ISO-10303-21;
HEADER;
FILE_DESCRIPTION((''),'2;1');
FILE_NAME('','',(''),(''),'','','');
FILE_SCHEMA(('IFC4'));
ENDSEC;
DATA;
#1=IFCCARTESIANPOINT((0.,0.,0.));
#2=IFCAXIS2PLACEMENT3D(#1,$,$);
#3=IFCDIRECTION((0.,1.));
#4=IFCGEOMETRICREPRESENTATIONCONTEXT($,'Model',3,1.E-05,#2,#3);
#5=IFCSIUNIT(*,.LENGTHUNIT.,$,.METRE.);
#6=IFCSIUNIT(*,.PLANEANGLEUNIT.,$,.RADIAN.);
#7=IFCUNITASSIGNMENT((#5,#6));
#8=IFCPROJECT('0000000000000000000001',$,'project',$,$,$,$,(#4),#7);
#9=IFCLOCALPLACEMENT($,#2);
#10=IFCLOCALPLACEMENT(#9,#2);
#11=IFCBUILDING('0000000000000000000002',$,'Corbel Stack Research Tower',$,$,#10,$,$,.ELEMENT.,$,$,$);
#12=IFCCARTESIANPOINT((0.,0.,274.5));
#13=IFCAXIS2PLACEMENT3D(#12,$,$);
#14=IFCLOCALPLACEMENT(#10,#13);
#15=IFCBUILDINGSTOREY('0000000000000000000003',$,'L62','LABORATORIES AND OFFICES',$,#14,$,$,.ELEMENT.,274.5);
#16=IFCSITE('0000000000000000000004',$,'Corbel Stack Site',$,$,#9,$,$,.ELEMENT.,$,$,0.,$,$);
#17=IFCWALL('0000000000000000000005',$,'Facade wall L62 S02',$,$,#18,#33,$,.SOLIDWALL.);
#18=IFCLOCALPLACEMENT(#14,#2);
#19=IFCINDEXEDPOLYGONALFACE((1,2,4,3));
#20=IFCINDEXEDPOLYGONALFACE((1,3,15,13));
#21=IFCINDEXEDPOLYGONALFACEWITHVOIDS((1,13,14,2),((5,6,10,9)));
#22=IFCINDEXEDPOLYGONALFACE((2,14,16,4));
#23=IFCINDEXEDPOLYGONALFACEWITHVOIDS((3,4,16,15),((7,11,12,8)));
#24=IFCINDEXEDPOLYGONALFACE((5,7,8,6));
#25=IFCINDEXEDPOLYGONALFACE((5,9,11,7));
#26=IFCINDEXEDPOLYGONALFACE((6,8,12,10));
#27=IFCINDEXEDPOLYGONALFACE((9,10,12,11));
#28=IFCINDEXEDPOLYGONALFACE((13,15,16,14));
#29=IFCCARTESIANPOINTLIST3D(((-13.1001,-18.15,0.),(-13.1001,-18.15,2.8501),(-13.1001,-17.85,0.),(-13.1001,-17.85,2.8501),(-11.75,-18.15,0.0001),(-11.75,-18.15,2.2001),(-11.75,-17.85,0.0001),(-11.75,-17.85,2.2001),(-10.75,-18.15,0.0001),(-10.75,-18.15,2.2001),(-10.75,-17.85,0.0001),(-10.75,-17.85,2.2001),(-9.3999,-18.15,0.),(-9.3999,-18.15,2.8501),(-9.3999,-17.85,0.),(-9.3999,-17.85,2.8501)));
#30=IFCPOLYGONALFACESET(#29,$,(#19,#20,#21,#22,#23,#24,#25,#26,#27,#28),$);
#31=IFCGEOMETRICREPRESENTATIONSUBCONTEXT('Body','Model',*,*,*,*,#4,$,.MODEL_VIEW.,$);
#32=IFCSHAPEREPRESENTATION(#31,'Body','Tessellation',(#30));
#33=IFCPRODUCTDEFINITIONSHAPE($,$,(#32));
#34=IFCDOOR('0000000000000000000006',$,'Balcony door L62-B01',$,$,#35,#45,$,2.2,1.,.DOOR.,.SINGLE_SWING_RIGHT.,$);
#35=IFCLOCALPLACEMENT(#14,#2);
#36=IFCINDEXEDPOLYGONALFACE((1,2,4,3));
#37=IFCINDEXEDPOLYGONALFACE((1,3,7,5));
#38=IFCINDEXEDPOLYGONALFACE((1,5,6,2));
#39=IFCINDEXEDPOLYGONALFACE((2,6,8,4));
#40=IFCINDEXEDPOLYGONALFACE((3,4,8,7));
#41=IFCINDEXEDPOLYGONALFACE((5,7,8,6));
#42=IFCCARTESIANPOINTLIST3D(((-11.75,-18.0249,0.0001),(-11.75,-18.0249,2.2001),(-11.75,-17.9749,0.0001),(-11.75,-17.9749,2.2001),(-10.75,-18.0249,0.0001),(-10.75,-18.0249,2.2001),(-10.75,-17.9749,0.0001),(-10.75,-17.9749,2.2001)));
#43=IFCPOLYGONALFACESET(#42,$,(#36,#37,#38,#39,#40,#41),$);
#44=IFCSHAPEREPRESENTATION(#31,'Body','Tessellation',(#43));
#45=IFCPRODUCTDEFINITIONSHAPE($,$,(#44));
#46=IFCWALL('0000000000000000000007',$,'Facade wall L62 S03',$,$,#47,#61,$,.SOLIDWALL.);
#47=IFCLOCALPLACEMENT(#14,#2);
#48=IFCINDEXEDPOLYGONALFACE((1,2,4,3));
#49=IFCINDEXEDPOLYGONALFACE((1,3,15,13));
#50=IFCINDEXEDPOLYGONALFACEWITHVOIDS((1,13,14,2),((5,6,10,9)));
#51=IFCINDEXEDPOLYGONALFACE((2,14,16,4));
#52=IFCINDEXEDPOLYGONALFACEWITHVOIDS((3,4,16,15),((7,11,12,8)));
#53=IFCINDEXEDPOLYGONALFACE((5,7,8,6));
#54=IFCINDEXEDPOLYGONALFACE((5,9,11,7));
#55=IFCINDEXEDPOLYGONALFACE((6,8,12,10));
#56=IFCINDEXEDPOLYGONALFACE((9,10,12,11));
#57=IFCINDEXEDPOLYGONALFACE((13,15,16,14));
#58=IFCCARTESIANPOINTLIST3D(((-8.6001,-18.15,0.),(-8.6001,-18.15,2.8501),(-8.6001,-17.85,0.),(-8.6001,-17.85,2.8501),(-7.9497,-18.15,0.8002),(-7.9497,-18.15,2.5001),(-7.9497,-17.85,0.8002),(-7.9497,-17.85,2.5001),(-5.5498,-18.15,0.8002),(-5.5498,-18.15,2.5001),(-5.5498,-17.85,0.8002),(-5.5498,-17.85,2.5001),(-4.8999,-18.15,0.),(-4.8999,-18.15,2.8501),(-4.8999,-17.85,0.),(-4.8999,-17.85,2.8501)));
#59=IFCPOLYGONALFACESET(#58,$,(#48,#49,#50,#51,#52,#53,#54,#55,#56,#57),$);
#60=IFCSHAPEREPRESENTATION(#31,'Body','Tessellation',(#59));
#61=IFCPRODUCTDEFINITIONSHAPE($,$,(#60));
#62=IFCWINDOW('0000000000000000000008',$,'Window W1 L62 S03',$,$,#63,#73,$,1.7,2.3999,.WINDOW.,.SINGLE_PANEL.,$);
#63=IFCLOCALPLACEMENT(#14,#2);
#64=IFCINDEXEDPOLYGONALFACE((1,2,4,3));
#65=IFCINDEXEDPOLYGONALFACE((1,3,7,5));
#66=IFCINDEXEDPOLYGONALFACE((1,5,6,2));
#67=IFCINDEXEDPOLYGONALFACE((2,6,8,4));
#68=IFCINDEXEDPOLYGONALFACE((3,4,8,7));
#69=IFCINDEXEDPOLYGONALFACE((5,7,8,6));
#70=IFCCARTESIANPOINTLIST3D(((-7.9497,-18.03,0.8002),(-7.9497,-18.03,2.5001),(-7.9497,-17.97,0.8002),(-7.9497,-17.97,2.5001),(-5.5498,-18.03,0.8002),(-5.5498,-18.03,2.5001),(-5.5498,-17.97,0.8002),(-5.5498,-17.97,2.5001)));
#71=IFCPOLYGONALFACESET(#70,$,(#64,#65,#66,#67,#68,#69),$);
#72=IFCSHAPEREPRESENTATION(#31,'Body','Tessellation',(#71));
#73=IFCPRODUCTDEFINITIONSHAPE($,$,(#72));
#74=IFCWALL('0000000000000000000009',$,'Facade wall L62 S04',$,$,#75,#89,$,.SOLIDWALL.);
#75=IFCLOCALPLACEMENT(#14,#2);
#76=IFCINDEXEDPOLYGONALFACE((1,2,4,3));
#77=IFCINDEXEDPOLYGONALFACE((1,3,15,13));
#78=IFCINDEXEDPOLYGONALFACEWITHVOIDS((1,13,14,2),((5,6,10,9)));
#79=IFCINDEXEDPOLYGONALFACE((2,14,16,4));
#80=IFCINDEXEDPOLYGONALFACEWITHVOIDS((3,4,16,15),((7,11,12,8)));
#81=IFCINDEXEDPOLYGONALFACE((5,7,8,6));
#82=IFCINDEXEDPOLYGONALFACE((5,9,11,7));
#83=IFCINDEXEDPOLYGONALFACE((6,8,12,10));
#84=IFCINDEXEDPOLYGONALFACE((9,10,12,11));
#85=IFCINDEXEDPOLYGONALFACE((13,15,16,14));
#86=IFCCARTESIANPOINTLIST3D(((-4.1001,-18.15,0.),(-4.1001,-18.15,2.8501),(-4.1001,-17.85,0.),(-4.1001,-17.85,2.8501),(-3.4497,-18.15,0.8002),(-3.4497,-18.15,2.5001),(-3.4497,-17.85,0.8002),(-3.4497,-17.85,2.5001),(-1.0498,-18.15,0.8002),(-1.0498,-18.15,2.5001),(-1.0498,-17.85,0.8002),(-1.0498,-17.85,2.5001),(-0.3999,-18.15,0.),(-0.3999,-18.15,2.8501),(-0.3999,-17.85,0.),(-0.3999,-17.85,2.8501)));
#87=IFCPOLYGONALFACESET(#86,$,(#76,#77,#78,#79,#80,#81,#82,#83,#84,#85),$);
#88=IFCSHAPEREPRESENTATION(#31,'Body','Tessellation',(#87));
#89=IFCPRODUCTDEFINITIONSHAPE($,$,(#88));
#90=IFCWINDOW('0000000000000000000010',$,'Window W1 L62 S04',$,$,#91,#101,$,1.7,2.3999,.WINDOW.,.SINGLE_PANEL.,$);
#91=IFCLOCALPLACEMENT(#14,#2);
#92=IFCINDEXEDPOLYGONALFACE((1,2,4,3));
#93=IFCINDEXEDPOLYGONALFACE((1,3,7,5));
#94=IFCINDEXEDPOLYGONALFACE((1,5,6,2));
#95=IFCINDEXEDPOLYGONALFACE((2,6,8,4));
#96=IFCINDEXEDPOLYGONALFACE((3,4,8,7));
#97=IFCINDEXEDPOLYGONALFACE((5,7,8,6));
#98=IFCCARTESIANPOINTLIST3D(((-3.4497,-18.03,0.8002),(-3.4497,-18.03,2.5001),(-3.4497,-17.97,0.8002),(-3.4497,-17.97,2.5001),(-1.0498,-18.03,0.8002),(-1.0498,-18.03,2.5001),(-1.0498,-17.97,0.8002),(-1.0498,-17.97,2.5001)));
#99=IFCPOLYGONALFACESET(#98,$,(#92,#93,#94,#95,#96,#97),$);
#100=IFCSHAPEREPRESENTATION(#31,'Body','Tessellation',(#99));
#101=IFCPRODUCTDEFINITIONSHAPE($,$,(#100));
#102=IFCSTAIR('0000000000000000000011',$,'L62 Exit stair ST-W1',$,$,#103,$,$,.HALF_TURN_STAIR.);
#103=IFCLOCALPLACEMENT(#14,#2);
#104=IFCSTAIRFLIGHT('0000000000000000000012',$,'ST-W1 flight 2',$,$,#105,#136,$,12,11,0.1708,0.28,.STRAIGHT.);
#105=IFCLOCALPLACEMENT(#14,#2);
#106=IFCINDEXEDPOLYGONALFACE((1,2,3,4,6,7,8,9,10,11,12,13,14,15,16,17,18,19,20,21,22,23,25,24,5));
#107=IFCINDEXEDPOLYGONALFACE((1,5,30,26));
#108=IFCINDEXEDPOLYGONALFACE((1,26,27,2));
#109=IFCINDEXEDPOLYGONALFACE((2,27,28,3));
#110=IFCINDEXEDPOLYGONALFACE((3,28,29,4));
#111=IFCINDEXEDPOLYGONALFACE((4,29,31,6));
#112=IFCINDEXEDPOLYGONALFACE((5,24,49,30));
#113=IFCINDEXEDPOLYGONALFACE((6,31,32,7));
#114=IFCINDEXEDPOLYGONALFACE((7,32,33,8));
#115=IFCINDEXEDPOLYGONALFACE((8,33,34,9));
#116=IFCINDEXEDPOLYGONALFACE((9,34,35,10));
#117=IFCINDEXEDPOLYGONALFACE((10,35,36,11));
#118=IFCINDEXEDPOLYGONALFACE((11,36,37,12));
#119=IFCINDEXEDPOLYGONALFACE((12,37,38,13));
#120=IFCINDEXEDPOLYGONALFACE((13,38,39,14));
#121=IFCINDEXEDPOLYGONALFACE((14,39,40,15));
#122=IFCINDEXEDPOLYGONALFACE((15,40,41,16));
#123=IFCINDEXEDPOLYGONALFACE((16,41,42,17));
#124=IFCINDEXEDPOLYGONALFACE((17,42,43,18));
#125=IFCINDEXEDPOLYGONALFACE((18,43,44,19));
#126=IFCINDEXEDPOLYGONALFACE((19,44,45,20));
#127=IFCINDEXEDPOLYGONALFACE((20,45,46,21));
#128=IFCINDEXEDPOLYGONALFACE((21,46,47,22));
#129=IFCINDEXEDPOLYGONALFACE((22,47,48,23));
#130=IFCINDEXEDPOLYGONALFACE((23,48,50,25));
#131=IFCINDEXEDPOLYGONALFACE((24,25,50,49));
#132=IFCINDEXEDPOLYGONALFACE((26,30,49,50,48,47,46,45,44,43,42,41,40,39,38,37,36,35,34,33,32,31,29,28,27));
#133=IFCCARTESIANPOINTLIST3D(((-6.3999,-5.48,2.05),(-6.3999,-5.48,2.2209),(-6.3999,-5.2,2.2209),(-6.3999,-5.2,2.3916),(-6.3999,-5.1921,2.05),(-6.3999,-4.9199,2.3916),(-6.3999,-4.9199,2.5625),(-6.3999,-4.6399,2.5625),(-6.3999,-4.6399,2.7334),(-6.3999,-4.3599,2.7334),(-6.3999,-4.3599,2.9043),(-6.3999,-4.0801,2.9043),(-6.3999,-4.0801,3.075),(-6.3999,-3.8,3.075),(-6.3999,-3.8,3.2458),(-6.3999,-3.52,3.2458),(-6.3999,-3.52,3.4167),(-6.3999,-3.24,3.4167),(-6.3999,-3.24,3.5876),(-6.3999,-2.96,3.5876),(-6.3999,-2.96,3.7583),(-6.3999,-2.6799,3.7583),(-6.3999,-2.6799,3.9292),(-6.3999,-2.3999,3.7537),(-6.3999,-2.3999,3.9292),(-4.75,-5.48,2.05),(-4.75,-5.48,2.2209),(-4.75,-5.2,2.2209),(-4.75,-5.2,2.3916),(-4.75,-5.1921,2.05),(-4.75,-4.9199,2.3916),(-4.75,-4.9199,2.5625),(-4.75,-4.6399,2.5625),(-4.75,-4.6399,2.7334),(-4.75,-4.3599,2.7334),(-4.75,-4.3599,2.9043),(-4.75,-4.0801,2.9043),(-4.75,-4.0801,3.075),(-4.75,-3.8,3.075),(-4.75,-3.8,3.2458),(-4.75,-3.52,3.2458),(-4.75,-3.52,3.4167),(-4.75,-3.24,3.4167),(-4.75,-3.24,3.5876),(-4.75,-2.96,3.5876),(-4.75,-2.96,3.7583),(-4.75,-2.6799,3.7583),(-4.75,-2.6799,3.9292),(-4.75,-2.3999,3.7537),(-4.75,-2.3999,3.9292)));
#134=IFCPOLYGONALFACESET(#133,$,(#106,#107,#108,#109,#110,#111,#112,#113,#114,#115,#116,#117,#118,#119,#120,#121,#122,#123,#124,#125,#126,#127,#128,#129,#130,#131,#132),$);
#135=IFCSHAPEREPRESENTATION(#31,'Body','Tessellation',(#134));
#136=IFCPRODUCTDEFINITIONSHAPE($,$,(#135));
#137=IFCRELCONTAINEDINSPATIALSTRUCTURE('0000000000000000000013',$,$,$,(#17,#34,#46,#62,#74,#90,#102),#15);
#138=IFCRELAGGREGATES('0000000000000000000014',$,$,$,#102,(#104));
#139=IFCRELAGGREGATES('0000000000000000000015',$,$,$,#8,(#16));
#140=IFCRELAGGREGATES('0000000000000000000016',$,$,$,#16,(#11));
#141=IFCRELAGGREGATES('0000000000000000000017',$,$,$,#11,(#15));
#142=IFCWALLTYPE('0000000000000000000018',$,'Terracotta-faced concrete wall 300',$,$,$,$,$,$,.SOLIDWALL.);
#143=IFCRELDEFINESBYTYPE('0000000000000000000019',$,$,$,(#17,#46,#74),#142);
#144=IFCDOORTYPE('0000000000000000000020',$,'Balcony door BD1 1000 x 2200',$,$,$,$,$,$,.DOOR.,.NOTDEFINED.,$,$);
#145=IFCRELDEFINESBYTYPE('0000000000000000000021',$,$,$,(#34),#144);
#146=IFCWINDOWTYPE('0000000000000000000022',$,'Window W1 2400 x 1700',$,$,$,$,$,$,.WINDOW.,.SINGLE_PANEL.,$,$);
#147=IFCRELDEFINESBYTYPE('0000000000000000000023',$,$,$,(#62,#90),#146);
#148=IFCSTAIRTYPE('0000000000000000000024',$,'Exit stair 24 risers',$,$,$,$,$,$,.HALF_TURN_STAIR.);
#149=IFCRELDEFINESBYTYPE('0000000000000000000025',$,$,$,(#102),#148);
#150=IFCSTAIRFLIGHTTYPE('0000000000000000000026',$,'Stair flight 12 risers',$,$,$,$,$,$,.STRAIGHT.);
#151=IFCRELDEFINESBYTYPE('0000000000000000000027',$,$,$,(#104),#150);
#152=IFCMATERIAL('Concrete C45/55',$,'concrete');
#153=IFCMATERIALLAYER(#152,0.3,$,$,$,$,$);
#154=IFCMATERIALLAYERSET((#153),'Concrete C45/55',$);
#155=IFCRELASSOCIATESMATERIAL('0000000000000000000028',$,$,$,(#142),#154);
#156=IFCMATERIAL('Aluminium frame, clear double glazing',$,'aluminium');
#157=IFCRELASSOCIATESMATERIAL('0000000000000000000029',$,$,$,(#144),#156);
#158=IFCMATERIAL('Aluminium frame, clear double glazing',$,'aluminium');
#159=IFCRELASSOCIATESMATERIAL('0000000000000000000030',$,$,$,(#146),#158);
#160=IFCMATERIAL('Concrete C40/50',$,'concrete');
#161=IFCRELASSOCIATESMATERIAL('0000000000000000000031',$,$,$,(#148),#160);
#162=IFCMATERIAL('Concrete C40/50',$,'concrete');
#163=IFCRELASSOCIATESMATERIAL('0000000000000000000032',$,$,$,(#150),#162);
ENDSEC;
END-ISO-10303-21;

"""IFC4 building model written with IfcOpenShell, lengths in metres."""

from ifc_helpers import new_model, si_unit, direction, frame, frame_2d, origin, place, context, subcontext, project, spatial, polyline, rectangle, outline, extrude, material, layer, layer_set, type_object, element, fill, aggregate, save


model = new_model("IFC4")

# Units and contexts
model_context = context("Model", 3, precision=1e-05, world=origin(), true_north=direction((0.0, 1.0)))
body_context = subcontext(model_context, "Body", "Model", "MODEL_VIEW")
ifc_project = project(units=[si_unit("LENGTHUNIT", "METRE"), si_unit("PLANEANGLEUNIT", "RADIAN")], contexts=[model_context])

# Site, building, storey
site_placement = place(None, origin())
site = spatial("IfcSite", under=ifc_project, at=site_placement, Name="Corbel Stack Site", CompositionType="ELEMENT", RefElevation=0.0)
building_placement = place(site_placement, origin())
building = spatial("IfcBuilding", under=site, at=building_placement, Name="Corbel Stack Research Tower", CompositionType="ELEMENT")
storey_placement = place(building_placement, frame((0.0, 0.0, 274.5)))
storey = spatial("IfcBuildingStorey", under=building, at=storey_placement, Name="L62", Description="LABORATORIES AND OFFICES", CompositionType="ELEMENT", Elevation=274.5)

# Wall, opening, door
ifc_material_1 = material(Name="Concrete C45/55", Category="concrete")
ifc_layer_1 = layer(ifc_material_1, 0.3)
ifc_layer_set_1 = layer_set([ifc_layer_1], Name="Concrete C45/55")
wall_type_1 = type_object("IfcWallType", Name="Terracotta-faced concrete wall 300", PredefinedType="SOLIDWALL", material=ifc_layer_set_1)
wall_1_placement = place(storey_placement, frame((-9.3999, -18.0, 0.0), z_axis=(0.0, 0.0, 1.0), x_axis=(-1.0, 0.0, 0.0)))
wall_1 = element("IfcWall", 1, at=wall_1_placement, inside=storey, type_object=wall_type_1, Name="Facade wall L62 S02", PredefinedType="SOLIDWALL", context=body_context, shape_type="SweptSolid", body=[
    extrude(rectangle(XDim=3.7002, YDim=0.3, at=frame_2d((1.8501, 0.0))), origin(), (0.0, 0.0, 1.0), 2.8501),
])
opening_1_placement = place(wall_1_placement, frame((1.3501, 0.0, 0.0)))
opening_1 = element("IfcOpeningElement", 2, at=opening_1_placement, cuts=wall_1, PredefinedType="OPENING", context=body_context, shape_type="SweptSolid", body=[
    extrude(rectangle(XDim=1.0, YDim=2.2, at=frame_2d((0.5, 1.1001))), frame((0.0, 0.1599, 0.0), z_axis=(0.0, -1.0, 0.0), x_axis=(1.0, 0.0, 0.0)), (0.0, 0.0, 1.0), 0.3201),
])
ifc_material_2 = material(Name="Aluminium frame, clear double glazing", Category="aluminium")
door_type_1 = type_object("IfcDoorType", Name="Balcony door BD1 1000 x 2200", OperationType="NOTDEFINED", PredefinedType="DOOR", material=ifc_material_2)
door_1_placement = place(opening_1_placement, origin())
door_1 = element("IfcDoor", 3, at=door_1_placement, inside=storey, type_object=door_type_1, Name="Balcony door L62-B01", OperationType="SINGLE_SWING_RIGHT", OverallHeight=2.2, OverallWidth=1.0, PredefinedType="DOOR", context=body_context, shape_type="SweptSolid", body=[
    extrude(rectangle(XDim=1.0, YDim=2.2, at=frame_2d((0.5, 1.1001))), frame((0.0, 0.0249, 0.0), z_axis=(0.0, -1.0, 0.0), x_axis=(1.0, 0.0, 0.0)), (0.0, 0.0, 1.0), 0.05),
])
fill(opening_1, door_1)

# Walls, openings, windows
wall_2_placement = place(storey_placement, frame((-4.8999, -18.0, 0.0), z_axis=(0.0, 0.0, 1.0), x_axis=(-1.0, 0.0, 0.0)))
wall_2 = element("IfcWall", 4, at=wall_2_placement, inside=storey, type_object=wall_type_1, Name="Facade wall L62 S03", PredefinedType="SOLIDWALL", context=body_context, shape_type="SweptSolid", body=[
    extrude(rectangle(XDim=3.7002, YDim=0.3, at=frame_2d((1.8501, 0.0))), origin(), (0.0, 0.0, 1.0), 2.8501),
])
opening_2_placement = place(wall_2_placement, frame((0.6499, 0.0, 0.8)))
opening_2 = element("IfcOpeningElement", 5, at=opening_2_placement, cuts=wall_2, PredefinedType="OPENING", context=body_context, shape_type="SweptSolid", body=[
    extrude(rectangle(XDim=2.3999, YDim=1.7, at=frame_2d((1.2, 0.8501))), frame((0.0, 0.1599, 0.0), z_axis=(0.0, -1.0, 0.0), x_axis=(1.0, 0.0, 0.0)), (0.0, 0.0, 1.0), 0.3201),
])
ifc_material_3 = material(Name="Aluminium frame, clear double glazing", Category="aluminium")
window_type = type_object("IfcWindowType", Name="Window W1 2400 x 1700", PartitioningType="SINGLE_PANEL", PredefinedType="WINDOW", material=ifc_material_3)
window_1_placement = place(opening_2_placement, origin())
window_1 = element("IfcWindow", 6, at=window_1_placement, inside=storey, type_object=window_type, Name="Window W1 L62 S03", OverallHeight=1.7, OverallWidth=2.3999, PartitioningType="SINGLE_PANEL", PredefinedType="WINDOW", context=body_context, shape_type="SweptSolid", body=[
    extrude(rectangle(XDim=2.3999, YDim=1.7, at=frame_2d((1.2, 0.8501))), frame((0.0, 0.03, 0.0), z_axis=(0.0, -1.0, 0.0), x_axis=(1.0, 0.0, 0.0)), (0.0, 0.0, 1.0), 0.0601),
])
fill(opening_2, window_1)
wall_3_placement = place(storey_placement, frame((-0.3999, -18.0, 0.0), z_axis=(0.0, 0.0, 1.0), x_axis=(-1.0, 0.0, 0.0)))
wall_3 = element("IfcWall", 7, at=wall_3_placement, inside=storey, type_object=wall_type_1, Name="Facade wall L62 S04", PredefinedType="SOLIDWALL", context=body_context, shape_type="SweptSolid", body=[
    extrude(rectangle(XDim=3.7002, YDim=0.3, at=frame_2d((1.8501, 0.0))), origin(), (0.0, 0.0, 1.0), 2.8501),
])
opening_3_placement = place(wall_3_placement, frame((0.6499, 0.0, 0.8)))
opening_3 = element("IfcOpeningElement", 8, at=opening_3_placement, cuts=wall_3, PredefinedType="OPENING", context=body_context, shape_type="SweptSolid", body=[
    extrude(rectangle(XDim=2.3999, YDim=1.7, at=frame_2d((1.2, 0.8501))), frame((0.0, 0.1599, 0.0), z_axis=(0.0, -1.0, 0.0), x_axis=(1.0, 0.0, 0.0)), (0.0, 0.0, 1.0), 0.3201),
])
window_2_placement = place(opening_3_placement, origin())
window_2 = element("IfcWindow", 9, at=window_2_placement, inside=storey, type_object=window_type, Name="Window W1 L62 S04", OverallHeight=1.7, OverallWidth=2.3999, PartitioningType="SINGLE_PANEL", PredefinedType="WINDOW", context=body_context, shape_type="SweptSolid", body=[
    extrude(rectangle(XDim=2.3999, YDim=1.7, at=frame_2d((1.2, 0.8501))), frame((0.0, 0.03, 0.0), z_axis=(0.0, -1.0, 0.0), x_axis=(1.0, 0.0, 0.0)), (0.0, 0.0, 1.0), 0.0601),
])
fill(opening_3, window_2)

# Stair, stair flight
ifc_material_4 = material(Name="Concrete C40/50", Category="concrete")
stair_type = type_object("IfcStairType", Name="Exit stair 24 risers", PredefinedType="HALF_TURN_STAIR", material=ifc_material_4)
stair_placement = place(storey_placement, origin())
stair = element("IfcStair", 10, at=stair_placement, inside=storey, type_object=stair_type, Name="L62 Exit stair ST-W1", PredefinedType="HALF_TURN_STAIR")
ifc_material_5 = material(Name="Concrete C40/50", Category="concrete")
stair_flight_type = type_object("IfcStairFlightType", Name="Stair flight 12 risers", PredefinedType="STRAIGHT", material=ifc_material_5)
stair_flight_placement = place(storey_placement, frame((-5.575, -5.48, 2.05), z_axis=(0.0, 0.0, 1.0), x_axis=(0.0, 1.0, 0.0)))
stair_flight = element("IfcStairFlight", 11, at=stair_flight_placement, type_object=stair_flight_type, Name="ST-W1 flight 2", NumberOfRisers=12, NumberOfTreads=11, PredefinedType="STRAIGHT", RiserHeight=0.1708, TreadLength=0.28, context=body_context, shape_type="SweptSolid", body=[
    extrude(outline(polyline([(0.0, 0.0), (0.0, 0.1709), (0.28, 0.1709), (0.28, 0.3416), (0.5601, 0.3416), (0.5601, 0.5125), (0.8401, 0.5125), (0.8401, 0.6833), (1.1201, 0.6833), (1.1201, 0.8542), (1.3999, 0.8542), (1.3999, 1.0249), (1.6799, 1.0249), (1.6799, 1.1958), (1.96, 1.1958), (1.96, 1.3667), (2.24, 1.3667), (2.24, 1.5376), (2.52, 1.5376), (2.52, 1.7083), (2.8, 1.7083), (2.8, 1.8792), (3.0801, 1.8792), (3.0801, 2.05), (3.0801, 1.7036), (0.2878, 0.0), (0.0, 0.0)])), frame((0.0, 0.825, 0.0), z_axis=(0.0, -1.0, 0.0), x_axis=(1.0, 0.0, 0.0)), (0.0, 0.0, 1.0), 1.6499),
])
aggregate(stair, [stair_flight])

save(model, "model.ifc")
